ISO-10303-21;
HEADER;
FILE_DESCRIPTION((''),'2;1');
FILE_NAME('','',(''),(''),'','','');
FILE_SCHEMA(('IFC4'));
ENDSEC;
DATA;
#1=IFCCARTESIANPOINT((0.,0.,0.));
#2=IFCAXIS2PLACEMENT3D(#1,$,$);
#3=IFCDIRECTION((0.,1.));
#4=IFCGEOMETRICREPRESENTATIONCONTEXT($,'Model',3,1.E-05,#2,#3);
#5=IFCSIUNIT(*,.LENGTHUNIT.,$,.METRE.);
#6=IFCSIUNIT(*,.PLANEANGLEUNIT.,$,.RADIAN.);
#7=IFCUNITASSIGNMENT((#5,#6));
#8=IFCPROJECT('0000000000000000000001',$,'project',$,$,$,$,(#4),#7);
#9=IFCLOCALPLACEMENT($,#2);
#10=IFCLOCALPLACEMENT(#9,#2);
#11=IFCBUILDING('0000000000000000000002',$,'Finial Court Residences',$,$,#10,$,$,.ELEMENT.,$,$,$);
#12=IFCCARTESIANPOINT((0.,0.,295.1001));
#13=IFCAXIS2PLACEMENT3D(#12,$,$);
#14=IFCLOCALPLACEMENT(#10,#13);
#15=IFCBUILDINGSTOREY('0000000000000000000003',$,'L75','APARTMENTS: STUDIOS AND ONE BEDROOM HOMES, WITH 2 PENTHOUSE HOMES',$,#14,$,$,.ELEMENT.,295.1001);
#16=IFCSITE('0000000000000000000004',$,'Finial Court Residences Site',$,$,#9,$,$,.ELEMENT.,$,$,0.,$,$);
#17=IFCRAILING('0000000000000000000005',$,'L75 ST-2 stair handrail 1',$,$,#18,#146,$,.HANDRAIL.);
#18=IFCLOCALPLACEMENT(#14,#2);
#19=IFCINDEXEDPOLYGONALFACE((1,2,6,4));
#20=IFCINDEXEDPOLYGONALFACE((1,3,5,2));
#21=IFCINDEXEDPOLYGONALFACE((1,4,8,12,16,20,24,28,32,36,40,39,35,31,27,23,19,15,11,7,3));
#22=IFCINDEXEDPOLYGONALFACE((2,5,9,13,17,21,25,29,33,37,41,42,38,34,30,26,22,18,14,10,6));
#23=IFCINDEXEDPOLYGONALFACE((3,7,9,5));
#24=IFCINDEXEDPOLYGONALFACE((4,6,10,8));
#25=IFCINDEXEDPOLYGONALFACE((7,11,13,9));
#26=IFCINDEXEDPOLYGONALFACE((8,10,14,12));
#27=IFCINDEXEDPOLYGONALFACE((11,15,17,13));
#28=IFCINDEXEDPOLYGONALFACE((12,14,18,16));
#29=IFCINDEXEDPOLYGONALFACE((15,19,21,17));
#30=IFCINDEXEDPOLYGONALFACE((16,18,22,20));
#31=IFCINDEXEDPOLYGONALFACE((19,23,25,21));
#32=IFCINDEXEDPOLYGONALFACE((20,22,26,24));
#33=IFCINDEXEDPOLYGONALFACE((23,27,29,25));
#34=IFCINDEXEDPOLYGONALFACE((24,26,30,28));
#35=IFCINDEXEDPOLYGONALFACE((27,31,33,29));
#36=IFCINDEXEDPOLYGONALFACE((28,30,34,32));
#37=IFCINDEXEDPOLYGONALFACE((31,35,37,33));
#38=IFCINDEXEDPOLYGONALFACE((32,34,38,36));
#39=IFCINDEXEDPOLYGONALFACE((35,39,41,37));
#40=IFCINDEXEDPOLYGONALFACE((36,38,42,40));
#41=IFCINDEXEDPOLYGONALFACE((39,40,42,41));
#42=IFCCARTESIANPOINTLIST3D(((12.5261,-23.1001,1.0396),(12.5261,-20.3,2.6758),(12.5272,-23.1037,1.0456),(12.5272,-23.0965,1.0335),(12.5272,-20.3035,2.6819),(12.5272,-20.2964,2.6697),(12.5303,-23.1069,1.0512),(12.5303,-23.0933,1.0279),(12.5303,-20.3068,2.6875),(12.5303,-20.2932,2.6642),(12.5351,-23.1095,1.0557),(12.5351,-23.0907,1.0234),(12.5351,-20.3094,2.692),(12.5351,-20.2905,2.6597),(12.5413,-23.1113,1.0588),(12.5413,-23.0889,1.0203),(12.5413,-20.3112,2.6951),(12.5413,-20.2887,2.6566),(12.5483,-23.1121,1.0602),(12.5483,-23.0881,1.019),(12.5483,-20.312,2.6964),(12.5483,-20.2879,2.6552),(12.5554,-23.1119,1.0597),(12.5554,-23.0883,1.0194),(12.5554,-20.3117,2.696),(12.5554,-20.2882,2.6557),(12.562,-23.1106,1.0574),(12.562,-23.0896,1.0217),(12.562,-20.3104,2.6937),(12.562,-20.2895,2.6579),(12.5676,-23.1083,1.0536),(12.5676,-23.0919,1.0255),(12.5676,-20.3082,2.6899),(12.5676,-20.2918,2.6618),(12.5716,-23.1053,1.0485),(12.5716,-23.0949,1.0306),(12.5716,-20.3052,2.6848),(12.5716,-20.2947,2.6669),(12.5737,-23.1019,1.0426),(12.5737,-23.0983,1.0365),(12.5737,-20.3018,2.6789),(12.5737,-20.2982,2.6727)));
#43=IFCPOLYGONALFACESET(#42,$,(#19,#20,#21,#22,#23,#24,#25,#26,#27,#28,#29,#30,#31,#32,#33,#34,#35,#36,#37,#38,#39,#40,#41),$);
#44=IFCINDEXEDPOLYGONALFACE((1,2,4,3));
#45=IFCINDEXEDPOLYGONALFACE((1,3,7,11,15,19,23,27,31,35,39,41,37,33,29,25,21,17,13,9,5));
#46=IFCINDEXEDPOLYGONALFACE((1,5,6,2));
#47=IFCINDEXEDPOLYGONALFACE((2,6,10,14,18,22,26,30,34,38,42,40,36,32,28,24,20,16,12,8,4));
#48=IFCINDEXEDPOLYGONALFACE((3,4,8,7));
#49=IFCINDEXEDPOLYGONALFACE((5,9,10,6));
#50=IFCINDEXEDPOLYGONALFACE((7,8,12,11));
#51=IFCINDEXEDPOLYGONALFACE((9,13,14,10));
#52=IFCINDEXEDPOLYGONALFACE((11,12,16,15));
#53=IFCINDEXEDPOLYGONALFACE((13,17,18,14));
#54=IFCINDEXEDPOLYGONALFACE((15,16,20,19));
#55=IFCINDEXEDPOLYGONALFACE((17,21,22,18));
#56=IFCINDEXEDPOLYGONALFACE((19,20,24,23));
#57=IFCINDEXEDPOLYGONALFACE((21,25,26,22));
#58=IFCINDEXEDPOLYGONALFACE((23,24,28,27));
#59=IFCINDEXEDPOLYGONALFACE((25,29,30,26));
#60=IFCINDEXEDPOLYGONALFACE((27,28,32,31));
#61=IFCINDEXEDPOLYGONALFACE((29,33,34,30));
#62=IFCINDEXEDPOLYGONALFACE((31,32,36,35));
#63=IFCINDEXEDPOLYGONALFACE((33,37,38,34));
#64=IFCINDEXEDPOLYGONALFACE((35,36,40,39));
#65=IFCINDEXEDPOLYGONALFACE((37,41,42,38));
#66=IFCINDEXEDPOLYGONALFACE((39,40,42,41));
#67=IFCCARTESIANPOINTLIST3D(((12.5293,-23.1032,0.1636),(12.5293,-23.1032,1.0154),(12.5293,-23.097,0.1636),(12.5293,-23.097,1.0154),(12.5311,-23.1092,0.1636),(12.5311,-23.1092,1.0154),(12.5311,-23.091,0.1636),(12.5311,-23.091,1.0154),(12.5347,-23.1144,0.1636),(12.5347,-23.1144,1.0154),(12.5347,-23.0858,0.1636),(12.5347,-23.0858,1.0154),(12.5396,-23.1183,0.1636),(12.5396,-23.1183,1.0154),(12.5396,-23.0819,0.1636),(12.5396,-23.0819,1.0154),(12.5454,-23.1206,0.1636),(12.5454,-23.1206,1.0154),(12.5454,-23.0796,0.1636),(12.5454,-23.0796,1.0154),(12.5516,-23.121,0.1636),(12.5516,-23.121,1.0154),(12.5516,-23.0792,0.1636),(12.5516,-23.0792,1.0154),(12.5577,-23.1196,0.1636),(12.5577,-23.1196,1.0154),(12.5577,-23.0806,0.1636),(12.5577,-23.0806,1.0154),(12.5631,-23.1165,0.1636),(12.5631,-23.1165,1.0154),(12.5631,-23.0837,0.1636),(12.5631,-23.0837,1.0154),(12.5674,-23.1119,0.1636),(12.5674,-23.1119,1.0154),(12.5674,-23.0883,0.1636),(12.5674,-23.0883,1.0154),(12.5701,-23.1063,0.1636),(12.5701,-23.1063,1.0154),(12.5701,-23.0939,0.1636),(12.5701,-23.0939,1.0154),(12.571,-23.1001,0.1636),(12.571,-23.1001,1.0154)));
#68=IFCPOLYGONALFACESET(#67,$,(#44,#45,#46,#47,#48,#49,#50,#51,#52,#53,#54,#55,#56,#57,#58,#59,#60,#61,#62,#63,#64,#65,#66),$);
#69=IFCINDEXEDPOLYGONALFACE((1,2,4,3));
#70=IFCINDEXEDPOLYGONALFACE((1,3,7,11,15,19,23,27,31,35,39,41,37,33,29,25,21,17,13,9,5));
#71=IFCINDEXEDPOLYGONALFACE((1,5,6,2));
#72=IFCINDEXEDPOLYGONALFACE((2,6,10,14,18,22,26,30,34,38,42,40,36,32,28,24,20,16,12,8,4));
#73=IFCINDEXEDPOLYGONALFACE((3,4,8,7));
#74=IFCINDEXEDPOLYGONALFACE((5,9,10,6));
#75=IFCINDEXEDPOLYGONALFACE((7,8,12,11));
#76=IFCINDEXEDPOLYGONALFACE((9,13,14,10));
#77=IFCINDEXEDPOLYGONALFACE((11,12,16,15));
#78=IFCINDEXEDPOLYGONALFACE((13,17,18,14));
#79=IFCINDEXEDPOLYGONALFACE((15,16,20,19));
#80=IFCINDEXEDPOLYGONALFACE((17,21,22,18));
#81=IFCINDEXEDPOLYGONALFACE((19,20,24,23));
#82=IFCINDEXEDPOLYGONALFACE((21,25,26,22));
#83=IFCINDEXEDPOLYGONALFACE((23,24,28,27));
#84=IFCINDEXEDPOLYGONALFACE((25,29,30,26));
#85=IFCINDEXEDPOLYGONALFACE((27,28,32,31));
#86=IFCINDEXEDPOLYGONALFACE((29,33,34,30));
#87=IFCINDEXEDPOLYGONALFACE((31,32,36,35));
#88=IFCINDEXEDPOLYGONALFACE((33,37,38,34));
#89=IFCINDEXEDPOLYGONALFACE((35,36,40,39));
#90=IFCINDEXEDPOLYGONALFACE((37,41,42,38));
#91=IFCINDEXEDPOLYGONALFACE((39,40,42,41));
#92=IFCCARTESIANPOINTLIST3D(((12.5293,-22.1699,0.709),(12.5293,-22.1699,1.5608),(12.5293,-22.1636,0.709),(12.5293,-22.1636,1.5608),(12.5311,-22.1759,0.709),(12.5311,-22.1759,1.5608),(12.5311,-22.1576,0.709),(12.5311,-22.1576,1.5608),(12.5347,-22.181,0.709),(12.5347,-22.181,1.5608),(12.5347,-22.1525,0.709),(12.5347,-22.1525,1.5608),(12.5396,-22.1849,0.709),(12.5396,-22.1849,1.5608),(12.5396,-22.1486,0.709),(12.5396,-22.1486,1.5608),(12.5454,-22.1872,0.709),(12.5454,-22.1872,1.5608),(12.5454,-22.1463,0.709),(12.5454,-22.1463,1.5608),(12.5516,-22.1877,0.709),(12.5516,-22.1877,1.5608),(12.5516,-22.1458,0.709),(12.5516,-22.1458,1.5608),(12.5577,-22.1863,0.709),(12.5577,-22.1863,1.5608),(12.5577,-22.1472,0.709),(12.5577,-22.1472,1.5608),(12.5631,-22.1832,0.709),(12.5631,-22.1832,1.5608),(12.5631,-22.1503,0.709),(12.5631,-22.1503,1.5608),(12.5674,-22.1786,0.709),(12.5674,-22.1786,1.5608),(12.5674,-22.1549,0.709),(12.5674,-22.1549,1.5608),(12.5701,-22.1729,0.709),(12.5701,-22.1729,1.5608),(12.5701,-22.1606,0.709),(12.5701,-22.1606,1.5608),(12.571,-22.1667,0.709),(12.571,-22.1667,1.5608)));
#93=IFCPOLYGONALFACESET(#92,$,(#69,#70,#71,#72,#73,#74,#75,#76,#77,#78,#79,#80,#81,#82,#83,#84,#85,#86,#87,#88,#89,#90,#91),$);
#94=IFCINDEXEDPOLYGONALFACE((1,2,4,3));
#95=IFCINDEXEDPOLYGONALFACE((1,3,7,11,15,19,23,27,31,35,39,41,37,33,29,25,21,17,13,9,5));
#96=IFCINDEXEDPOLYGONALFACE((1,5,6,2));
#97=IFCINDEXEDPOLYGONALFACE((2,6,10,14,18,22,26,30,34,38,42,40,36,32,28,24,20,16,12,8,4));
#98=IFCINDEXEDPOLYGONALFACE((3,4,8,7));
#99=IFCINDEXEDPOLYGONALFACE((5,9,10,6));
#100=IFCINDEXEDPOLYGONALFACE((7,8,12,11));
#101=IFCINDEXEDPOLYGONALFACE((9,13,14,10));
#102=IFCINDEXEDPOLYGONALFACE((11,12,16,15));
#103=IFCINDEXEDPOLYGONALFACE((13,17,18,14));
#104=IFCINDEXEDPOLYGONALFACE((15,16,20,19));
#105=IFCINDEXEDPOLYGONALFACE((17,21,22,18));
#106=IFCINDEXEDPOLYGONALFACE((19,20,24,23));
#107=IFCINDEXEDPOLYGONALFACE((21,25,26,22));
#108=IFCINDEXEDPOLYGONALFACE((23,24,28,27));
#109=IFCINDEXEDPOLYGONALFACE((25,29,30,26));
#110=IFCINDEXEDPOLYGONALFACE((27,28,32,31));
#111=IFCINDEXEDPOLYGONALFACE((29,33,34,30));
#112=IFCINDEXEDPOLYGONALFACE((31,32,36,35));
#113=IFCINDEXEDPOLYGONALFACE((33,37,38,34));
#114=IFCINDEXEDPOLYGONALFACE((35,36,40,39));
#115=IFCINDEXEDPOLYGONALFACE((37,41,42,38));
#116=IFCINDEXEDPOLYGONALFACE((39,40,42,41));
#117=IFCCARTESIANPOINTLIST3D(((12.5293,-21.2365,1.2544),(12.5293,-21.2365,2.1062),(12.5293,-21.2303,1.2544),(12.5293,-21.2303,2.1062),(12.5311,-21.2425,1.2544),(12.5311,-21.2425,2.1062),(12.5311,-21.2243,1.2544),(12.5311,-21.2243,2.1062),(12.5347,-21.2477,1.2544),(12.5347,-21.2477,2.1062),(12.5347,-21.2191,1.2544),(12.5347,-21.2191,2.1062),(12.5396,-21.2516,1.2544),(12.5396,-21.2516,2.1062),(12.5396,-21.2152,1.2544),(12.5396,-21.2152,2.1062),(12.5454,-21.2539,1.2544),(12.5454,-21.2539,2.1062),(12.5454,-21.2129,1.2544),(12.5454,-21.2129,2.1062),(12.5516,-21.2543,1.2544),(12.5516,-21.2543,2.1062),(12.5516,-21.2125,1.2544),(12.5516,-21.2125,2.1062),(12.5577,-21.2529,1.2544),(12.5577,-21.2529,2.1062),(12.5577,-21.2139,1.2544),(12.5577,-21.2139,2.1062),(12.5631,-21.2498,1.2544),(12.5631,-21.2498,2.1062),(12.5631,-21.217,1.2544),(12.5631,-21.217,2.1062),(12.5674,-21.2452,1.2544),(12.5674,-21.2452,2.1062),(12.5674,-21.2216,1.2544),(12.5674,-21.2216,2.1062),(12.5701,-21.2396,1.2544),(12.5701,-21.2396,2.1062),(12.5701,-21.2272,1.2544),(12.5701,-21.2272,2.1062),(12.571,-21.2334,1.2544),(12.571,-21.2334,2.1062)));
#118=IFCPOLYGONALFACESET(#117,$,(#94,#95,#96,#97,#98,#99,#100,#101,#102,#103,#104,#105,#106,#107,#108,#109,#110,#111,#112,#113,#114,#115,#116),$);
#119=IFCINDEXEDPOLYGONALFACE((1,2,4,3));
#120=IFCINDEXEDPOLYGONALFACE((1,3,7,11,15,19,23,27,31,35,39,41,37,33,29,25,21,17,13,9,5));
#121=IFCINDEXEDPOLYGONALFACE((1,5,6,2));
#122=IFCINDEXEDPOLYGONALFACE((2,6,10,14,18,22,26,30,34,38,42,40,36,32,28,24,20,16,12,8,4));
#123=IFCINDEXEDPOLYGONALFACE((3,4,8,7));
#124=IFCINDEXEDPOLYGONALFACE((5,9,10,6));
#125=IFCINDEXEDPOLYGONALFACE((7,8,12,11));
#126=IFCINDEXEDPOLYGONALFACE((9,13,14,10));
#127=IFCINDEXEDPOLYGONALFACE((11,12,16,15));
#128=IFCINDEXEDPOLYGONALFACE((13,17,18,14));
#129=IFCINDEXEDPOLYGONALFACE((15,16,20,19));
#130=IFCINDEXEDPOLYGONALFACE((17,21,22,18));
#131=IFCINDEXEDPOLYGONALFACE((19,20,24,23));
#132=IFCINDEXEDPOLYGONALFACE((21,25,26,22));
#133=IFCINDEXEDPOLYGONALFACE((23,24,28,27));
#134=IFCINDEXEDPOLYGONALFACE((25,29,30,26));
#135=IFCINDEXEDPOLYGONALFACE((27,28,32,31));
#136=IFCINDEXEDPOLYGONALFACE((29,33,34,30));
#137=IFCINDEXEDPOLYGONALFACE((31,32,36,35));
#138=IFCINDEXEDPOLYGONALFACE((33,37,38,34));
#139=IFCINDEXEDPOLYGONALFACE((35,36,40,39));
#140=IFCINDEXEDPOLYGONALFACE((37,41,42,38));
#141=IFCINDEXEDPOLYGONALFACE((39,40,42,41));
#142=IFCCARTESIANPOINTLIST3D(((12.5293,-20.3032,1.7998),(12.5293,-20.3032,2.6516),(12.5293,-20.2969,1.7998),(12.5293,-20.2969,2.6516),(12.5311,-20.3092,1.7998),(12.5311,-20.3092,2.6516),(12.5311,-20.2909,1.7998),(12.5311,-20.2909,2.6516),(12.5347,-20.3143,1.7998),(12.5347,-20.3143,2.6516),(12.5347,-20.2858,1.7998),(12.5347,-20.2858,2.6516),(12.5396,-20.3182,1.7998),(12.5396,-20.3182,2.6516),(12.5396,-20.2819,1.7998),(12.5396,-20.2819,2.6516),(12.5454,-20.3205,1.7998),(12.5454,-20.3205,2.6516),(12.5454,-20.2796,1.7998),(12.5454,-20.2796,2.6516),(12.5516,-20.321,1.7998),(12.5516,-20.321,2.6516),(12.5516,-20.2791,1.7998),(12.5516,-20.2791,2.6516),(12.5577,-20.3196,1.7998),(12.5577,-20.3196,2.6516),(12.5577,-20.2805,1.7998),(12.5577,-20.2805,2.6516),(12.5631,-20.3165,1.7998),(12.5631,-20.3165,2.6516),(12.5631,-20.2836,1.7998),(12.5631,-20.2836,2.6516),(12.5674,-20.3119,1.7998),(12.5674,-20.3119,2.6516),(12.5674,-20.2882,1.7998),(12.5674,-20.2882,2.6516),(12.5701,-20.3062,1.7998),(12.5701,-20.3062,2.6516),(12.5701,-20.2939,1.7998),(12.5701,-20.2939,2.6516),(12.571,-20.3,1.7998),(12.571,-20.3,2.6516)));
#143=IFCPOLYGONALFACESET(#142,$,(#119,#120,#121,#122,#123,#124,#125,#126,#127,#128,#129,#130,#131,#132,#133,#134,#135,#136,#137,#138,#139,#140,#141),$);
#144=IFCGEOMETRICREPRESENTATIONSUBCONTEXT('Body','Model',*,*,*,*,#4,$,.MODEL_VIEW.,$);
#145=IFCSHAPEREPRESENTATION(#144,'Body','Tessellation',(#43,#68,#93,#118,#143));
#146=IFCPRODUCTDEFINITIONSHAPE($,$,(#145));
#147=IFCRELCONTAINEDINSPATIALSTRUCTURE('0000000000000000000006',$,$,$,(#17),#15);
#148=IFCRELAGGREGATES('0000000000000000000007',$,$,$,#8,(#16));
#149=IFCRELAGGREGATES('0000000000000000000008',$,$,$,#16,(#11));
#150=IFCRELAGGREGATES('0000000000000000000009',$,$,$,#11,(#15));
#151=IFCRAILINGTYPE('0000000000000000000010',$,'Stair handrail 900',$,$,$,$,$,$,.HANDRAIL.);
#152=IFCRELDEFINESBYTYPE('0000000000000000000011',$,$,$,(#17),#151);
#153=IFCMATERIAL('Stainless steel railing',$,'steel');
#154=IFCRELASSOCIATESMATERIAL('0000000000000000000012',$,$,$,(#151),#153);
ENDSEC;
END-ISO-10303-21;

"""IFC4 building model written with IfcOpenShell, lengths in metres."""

from ifc_helpers import new_model, si_unit, direction, frame, origin, origin_2d, place, context, subcontext, project, spatial, circle, extrude, material, type_object, element, save


model = new_model("IFC4")

# Units and contexts
model_context = context("Model", 3, precision=1e-05, world=origin(), true_north=direction((0.0, 1.0)))
body_context = subcontext(model_context, "Body", "Model", "MODEL_VIEW")
ifc_project = project(units=[si_unit("LENGTHUNIT", "METRE"), si_unit("PLANEANGLEUNIT", "RADIAN")], contexts=[model_context])

# Site, building, storey
site_placement = place(None, origin())
site = spatial("IfcSite", under=ifc_project, at=site_placement, Name="Finial Court Residences Site", CompositionType="ELEMENT", RefElevation=0.0)
building_placement = place(site_placement, origin())
building = spatial("IfcBuilding", under=site, at=building_placement, Name="Finial Court Residences", CompositionType="ELEMENT")
storey_placement = place(building_placement, frame((0.0, 0.0, 295.1001)))
storey = spatial("IfcBuildingStorey", under=building, at=storey_placement, Name="L75", Description="APARTMENTS: STUDIOS AND ONE BEDROOM HOMES, WITH 2 PENTHOUSE HOMES", CompositionType="ELEMENT", Elevation=295.1001)

# Railing
ifc_material_1 = material(Name="Stainless steel railing", Category="steel")
railing_type_1 = type_object("IfcRailingType", Name="Stair handrail 900", PredefinedType="HANDRAIL", material=ifc_material_1)
railing_1_placement = place(storey_placement, frame((12.55, -23.1001, 0.1636)))
element("IfcRailing", 1, at=railing_1_placement, inside=storey, type_object=railing_type_1, Name="L75 ST-2 stair handrail 1", PredefinedType="HANDRAIL", context=body_context, shape_type="SweptSolid", body=[
    extrude(circle(Radius=0.0239, at=origin_2d()), frame((0.0, 0.0, 0.876), z_axis=(0.0, 0.863394, 0.504531), x_axis=(-1.0, 0.0, 0.0)), (0.0, 0.0, 1.0), 3.2432),
    extrude(circle(Radius=0.021, at=origin_2d()), origin(), (0.0, 0.0, 1.0), 0.8518),
    extrude(circle(Radius=0.021, at=origin_2d()), frame((0.0, 0.9333, 0.5454)), (0.0, 0.0, 1.0), 0.8518),
    extrude(circle(Radius=0.021, at=origin_2d()), frame((0.0, 1.8667, 1.0908)), (0.0, 0.0, 1.0), 0.8518),
    extrude(circle(Radius=0.021, at=origin_2d()), frame((0.0, 2.8, 1.6362)), (0.0, 0.0, 1.0), 0.8518),
])

save(model, "model.ifc")
